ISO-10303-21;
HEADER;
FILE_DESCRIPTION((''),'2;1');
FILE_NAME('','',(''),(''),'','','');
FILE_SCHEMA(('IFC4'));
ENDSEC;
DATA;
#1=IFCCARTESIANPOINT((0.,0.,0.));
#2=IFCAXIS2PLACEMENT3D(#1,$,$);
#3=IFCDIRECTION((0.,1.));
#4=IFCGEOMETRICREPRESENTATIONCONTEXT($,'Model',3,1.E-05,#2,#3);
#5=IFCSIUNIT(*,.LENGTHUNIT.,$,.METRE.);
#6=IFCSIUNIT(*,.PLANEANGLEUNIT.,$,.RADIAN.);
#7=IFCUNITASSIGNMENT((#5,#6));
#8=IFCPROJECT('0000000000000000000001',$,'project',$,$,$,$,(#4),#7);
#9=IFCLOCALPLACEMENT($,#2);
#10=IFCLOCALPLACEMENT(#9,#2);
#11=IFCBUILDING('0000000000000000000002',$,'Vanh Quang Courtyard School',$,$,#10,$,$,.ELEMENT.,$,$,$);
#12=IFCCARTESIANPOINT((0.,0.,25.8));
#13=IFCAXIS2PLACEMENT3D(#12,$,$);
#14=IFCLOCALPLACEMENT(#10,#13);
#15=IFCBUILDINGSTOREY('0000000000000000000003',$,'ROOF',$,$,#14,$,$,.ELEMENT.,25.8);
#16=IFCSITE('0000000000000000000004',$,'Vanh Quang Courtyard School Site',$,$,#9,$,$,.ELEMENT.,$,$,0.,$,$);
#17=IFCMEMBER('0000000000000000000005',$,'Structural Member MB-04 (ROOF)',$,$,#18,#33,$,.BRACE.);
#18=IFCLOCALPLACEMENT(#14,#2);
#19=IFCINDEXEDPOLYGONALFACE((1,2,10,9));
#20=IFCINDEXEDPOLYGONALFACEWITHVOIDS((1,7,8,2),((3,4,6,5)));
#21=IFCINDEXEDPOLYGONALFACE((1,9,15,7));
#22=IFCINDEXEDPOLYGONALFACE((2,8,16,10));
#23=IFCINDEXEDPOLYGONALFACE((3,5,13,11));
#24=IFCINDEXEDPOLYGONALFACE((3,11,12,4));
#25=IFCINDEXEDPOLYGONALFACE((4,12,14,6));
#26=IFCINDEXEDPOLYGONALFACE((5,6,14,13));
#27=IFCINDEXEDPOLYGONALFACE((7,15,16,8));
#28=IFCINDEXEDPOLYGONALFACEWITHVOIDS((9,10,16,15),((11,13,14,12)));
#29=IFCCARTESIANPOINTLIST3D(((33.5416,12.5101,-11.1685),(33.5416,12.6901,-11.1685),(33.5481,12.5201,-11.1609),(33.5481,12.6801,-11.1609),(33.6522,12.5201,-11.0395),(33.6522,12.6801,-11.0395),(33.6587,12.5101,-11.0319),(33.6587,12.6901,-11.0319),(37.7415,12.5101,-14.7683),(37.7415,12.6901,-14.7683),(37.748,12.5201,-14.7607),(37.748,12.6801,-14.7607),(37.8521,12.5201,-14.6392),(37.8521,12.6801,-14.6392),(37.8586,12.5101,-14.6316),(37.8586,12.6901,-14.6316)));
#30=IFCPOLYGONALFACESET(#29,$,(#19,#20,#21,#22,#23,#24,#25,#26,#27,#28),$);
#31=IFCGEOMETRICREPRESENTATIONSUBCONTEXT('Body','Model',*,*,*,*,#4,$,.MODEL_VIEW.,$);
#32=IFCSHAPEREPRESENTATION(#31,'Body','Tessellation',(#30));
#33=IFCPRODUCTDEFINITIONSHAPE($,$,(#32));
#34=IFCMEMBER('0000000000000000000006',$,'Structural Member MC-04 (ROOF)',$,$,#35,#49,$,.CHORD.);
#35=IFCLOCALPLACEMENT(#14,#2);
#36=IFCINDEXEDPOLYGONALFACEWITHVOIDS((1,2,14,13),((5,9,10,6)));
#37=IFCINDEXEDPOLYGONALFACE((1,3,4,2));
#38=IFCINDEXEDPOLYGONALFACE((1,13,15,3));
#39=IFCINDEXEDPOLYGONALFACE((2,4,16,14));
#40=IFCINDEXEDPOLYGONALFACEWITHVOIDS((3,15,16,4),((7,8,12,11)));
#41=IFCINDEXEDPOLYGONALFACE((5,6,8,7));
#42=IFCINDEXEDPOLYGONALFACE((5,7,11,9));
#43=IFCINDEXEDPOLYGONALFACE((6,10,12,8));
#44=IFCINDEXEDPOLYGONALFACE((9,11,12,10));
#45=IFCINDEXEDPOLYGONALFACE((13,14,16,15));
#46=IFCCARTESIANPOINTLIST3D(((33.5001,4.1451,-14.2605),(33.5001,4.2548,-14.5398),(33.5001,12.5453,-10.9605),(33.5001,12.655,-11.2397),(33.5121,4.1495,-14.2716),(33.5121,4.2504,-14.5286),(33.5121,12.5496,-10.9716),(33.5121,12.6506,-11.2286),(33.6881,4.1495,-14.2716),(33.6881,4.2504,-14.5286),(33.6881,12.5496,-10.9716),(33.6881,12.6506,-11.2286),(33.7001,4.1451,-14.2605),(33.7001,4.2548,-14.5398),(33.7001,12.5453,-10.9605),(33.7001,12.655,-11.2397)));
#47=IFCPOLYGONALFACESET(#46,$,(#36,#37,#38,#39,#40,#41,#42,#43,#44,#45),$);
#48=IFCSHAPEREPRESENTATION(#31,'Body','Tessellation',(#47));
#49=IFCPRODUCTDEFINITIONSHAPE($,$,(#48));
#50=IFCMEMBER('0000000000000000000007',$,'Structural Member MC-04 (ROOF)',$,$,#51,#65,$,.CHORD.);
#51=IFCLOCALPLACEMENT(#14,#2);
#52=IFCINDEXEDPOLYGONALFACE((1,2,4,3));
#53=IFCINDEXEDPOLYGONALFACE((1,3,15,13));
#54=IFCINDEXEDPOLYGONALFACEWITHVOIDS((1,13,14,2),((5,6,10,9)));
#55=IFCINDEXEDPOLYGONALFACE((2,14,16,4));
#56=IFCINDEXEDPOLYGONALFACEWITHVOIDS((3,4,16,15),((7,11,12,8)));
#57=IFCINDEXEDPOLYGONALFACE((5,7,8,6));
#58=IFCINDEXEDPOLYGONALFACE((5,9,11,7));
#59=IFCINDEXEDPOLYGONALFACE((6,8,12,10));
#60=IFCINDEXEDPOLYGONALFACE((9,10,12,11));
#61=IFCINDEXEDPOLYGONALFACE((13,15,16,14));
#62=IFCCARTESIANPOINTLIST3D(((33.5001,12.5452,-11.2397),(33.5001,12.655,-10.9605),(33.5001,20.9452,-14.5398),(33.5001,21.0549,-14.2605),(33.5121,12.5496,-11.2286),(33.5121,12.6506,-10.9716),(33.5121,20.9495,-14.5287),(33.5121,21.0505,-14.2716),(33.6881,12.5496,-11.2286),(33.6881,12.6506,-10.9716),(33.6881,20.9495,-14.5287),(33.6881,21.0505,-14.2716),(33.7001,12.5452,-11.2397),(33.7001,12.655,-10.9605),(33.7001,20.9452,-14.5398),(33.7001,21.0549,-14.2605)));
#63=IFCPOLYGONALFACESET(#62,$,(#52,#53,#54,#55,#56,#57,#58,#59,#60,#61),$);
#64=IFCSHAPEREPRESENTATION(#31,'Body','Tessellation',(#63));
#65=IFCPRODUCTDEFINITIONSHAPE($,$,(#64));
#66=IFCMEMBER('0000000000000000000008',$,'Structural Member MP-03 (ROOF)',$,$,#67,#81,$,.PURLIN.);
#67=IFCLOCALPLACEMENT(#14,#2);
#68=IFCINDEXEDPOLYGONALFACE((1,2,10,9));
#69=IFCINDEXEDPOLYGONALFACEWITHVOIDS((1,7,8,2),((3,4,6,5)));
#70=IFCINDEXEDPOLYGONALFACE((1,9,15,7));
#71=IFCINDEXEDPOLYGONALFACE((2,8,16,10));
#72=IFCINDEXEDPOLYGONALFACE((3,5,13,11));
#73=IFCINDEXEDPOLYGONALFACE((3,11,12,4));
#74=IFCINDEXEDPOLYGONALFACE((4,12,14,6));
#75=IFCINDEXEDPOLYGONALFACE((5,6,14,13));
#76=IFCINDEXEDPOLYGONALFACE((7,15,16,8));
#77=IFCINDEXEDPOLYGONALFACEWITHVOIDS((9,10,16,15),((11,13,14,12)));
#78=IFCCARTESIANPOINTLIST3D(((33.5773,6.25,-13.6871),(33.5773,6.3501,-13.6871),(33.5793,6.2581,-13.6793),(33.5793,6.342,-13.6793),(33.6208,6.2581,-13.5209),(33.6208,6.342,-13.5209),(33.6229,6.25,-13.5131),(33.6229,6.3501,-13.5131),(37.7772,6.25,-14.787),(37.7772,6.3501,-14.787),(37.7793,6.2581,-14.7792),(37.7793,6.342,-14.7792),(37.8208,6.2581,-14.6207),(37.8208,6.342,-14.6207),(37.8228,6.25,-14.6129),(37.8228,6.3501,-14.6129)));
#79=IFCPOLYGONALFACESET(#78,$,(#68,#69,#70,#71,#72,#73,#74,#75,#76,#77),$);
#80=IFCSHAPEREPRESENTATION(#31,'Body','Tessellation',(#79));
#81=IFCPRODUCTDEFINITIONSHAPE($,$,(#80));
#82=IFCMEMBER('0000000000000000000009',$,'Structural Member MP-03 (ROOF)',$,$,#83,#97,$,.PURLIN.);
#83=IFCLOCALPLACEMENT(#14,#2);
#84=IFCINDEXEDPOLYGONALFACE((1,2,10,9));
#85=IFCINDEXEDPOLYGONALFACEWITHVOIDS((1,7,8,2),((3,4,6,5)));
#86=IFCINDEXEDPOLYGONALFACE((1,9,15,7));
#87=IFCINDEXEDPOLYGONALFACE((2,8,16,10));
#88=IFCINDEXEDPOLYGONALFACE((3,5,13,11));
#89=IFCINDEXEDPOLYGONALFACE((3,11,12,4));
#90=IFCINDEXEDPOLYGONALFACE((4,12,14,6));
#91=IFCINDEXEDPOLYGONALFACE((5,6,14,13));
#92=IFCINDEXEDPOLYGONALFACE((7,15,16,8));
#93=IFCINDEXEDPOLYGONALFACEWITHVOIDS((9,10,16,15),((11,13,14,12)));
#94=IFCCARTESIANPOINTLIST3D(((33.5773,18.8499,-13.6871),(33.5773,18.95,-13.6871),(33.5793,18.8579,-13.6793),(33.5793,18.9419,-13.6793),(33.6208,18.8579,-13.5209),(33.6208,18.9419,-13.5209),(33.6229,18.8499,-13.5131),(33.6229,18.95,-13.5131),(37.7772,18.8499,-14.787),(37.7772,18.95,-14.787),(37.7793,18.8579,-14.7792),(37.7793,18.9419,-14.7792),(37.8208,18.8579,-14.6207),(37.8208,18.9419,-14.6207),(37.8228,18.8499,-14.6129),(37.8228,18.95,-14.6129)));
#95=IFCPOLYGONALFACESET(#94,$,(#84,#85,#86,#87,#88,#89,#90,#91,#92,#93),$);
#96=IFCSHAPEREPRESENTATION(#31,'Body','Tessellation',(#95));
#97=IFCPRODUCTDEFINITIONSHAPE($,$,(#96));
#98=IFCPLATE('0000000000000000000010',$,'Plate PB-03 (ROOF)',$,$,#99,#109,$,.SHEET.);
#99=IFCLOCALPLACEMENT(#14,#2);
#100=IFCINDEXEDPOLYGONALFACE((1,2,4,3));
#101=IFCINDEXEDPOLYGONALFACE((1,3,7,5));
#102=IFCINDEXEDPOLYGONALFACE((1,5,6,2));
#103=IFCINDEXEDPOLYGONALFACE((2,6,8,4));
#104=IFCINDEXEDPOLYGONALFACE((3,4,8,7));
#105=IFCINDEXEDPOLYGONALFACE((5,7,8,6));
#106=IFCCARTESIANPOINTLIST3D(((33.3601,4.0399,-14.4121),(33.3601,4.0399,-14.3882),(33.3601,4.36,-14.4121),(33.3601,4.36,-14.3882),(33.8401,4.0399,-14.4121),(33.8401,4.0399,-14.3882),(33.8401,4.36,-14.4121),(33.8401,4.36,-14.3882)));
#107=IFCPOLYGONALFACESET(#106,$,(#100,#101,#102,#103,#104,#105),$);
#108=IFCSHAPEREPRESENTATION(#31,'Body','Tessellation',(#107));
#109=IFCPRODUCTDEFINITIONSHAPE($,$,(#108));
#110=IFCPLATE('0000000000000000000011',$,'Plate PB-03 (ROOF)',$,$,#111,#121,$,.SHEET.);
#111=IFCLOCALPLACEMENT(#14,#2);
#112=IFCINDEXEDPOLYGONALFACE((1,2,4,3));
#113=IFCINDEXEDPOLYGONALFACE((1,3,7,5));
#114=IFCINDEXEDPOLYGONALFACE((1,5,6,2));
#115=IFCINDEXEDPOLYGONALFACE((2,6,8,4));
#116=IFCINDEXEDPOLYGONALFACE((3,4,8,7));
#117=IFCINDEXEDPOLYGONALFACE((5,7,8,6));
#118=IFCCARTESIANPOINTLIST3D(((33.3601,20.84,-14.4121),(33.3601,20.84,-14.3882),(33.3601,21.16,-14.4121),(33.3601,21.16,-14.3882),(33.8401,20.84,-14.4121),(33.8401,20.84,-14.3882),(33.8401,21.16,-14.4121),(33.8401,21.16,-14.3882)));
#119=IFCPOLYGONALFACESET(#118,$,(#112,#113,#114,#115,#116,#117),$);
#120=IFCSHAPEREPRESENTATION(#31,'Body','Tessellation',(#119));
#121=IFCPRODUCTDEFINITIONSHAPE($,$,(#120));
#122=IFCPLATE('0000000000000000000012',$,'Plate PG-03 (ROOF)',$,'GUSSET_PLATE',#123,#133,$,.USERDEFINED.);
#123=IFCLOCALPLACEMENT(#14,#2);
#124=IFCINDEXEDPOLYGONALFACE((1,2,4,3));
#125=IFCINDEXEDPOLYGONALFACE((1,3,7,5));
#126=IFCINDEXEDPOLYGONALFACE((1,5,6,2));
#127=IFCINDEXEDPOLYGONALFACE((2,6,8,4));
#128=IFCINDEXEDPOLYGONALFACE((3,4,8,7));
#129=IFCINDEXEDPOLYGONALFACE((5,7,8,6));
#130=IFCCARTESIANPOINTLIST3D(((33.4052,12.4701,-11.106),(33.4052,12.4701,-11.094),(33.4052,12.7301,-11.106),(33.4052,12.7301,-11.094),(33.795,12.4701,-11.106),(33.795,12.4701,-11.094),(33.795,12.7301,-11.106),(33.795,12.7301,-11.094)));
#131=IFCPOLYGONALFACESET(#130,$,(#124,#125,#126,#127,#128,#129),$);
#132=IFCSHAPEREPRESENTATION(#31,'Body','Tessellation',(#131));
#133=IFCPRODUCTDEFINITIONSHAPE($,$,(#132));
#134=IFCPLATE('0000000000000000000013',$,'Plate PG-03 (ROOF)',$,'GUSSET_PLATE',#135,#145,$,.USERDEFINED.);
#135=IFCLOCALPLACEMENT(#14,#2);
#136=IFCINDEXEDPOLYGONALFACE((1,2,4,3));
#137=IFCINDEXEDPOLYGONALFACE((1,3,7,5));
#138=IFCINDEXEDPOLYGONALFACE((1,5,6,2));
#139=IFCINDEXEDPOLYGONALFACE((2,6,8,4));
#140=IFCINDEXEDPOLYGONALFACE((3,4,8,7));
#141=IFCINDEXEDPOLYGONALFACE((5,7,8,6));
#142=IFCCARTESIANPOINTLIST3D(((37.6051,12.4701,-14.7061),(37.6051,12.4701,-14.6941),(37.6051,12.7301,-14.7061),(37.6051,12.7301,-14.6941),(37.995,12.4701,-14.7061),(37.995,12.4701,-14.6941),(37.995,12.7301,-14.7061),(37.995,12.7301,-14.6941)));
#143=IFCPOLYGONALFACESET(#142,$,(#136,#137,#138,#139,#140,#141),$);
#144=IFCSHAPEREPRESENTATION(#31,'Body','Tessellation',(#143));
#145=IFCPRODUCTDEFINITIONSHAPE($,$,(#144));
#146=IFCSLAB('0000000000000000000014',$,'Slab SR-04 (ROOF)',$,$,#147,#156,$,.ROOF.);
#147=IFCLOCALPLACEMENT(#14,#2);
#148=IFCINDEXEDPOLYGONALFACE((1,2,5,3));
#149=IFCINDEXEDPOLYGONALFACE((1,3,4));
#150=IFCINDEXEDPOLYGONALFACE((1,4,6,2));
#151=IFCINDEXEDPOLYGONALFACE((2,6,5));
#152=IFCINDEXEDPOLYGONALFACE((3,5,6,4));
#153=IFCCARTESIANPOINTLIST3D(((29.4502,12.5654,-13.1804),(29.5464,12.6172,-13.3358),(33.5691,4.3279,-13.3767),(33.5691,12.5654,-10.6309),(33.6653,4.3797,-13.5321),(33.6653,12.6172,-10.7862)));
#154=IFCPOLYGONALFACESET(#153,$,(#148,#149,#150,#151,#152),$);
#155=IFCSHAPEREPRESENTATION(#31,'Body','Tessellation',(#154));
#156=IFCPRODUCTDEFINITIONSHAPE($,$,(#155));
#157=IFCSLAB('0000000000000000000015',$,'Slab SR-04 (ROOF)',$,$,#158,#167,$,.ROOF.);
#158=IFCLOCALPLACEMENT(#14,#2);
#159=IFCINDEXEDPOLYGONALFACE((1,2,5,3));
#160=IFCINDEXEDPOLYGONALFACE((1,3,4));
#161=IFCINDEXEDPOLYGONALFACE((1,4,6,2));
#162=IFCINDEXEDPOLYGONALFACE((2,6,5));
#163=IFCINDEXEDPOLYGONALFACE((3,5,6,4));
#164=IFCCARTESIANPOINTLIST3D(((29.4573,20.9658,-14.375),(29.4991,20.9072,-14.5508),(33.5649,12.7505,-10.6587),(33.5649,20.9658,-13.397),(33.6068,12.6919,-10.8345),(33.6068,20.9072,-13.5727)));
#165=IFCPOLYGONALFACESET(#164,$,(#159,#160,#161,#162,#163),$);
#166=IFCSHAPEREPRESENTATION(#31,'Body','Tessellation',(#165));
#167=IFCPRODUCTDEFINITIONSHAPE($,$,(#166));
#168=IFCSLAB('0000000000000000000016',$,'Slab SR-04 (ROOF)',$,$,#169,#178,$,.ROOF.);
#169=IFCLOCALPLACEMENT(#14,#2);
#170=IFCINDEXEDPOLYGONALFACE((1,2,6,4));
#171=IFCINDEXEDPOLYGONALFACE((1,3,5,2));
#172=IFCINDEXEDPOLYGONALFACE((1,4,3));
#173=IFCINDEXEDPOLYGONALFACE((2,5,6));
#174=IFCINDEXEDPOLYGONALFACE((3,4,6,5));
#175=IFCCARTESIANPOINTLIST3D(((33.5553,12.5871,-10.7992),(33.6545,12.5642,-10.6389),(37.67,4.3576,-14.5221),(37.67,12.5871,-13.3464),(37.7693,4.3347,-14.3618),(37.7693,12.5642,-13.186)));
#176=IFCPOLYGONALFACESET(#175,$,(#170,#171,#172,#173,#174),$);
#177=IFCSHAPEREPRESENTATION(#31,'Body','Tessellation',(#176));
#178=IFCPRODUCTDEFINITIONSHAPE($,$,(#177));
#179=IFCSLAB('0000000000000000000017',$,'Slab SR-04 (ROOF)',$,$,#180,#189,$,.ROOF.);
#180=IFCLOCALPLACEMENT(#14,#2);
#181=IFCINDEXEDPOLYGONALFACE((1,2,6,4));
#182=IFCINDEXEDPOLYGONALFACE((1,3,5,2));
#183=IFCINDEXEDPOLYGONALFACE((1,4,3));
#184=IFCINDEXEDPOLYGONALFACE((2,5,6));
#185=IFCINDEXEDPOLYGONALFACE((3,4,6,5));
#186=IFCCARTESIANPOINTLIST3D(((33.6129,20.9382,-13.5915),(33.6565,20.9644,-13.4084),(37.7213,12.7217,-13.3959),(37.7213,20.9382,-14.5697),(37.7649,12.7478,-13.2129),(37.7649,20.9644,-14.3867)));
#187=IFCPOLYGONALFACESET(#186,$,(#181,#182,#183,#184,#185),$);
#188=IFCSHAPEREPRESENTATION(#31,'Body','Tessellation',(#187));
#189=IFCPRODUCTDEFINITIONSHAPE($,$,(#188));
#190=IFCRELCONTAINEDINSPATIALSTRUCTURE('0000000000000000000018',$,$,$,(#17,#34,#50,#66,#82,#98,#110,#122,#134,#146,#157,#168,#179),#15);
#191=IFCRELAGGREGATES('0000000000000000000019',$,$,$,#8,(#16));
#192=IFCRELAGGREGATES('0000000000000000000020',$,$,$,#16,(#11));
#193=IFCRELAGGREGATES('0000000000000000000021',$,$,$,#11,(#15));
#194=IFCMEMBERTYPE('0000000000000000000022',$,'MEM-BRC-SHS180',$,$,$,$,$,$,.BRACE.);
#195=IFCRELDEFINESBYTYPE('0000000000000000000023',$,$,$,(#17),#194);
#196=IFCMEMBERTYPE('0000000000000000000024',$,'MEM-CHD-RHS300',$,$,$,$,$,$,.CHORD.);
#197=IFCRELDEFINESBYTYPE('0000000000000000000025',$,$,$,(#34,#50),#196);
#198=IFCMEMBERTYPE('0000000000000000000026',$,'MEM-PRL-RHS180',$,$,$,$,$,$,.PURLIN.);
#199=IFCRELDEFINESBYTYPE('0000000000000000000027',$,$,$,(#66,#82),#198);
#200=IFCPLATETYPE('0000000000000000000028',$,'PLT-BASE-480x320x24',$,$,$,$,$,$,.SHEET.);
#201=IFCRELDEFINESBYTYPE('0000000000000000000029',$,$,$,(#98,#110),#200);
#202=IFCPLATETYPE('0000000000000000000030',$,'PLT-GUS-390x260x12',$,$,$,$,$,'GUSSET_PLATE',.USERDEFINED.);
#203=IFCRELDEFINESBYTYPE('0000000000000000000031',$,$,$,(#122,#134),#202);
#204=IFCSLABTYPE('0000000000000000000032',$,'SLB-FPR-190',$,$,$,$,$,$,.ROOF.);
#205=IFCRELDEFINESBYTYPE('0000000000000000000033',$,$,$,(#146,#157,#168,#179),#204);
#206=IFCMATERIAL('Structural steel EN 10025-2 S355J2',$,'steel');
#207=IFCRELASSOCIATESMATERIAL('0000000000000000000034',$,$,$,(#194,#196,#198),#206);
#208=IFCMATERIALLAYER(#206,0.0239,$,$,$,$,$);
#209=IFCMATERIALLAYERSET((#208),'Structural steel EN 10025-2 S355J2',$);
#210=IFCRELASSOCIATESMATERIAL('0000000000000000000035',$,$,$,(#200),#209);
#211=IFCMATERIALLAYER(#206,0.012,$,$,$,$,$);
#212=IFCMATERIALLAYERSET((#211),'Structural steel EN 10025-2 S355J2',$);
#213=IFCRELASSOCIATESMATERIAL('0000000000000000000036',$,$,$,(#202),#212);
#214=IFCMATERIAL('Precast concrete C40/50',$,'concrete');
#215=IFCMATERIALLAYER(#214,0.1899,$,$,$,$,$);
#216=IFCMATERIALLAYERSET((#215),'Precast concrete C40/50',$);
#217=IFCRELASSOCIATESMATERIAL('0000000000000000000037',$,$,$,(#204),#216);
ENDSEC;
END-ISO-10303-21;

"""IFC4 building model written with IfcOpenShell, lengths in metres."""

from ifc_helpers import new_model, si_unit, direction, frame, origin, origin_2d, place, context, subcontext, project, spatial, polyline, rectangle, hollow_rectangle, outline, extrude, material, layer, layer_set, material_profile, profile_set, type_object, element, save


model = new_model("IFC4")

# Units and contexts
model_context = context("Model", 3, precision=1e-05, world=origin(), true_north=direction((0.0, 1.0)))
body_context = subcontext(model_context, "Body", "Model", "MODEL_VIEW")
ifc_project = project(units=[si_unit("LENGTHUNIT", "METRE"), si_unit("PLANEANGLEUNIT", "RADIAN")], contexts=[model_context])

# Site, building, storey
site_placement = place(None, origin())
site = spatial("IfcSite", under=ifc_project, at=site_placement, Name="Vanh Quang Courtyard School Site", CompositionType="ELEMENT", RefElevation=0.0)
building_placement = place(site_placement, origin())
building = spatial("IfcBuilding", under=site, at=building_placement, Name="Vanh Quang Courtyard School", CompositionType="ELEMENT")
storey_placement = place(building_placement, frame((0.0, 0.0, 25.8)))
storey = spatial("IfcBuildingStorey", under=building, at=storey_placement, Name="ROOF", CompositionType="ELEMENT", Elevation=25.8)

# Members
ifc_material_1 = material(Name="Structural steel EN 10025-2 S355J2", Category="steel")
ifc_material_profile_1 = material_profile(ifc_material_1, hollow_rectangle(XDim=0.1799, YDim=0.1799, WallThickness=0.01, at=origin_2d()), Name="SHS 180x180x10")
ifc_profile_set_1 = profile_set([ifc_material_profile_1], Name="Structural steel EN 10025-2 S355J2")
member_type_1 = type_object("IfcMemberType", Name="MEM-BRC-SHS180", PredefinedType="BRACE", material=ifc_profile_set_1)
member_1_placement = place(storey_placement, frame((37.8, 12.6001, -14.7), z_axis=(-0.759266, 0.0, 0.65078), x_axis=(0.0, -1.0, 0.0)))
element("IfcMember", 1, at=member_1_placement, inside=storey, type_object=member_type_1, Name="Structural Member MB-04 (ROOF)", PredefinedType="BRACE", context=body_context, shape_type="SweptSolid", body=[
    extrude(hollow_rectangle(XDim=0.1799, YDim=0.1799, WallThickness=0.01, at=origin_2d()), origin(), (0.0, 0.0, 1.0), 5.5315),
])
ifc_material_profile_2 = material_profile(ifc_material_1, hollow_rectangle(XDim=0.2, YDim=0.3, WallThickness=0.012, at=origin_2d()), Name="RHS 300x200x12")
ifc_profile_set_2 = profile_set([ifc_material_profile_2], Name="Structural steel EN 10025-2 S355J2")
member_type_2 = type_object("IfcMemberType", Name="MEM-CHD-RHS300", PredefinedType="CHORD", material=ifc_profile_set_2)
member_2_placement = place(storey_placement, frame((33.6001, 4.2, -14.4001), z_axis=(0.0, 0.930752, 0.365652), x_axis=(-1.0, 0.0, 0.0)))
element("IfcMember", 2, at=member_2_placement, inside=storey, type_object=member_type_2, Name="Structural Member MC-04 (ROOF)", PredefinedType="CHORD", context=body_context, shape_type="SweptSolid", body=[
    extrude(hollow_rectangle(XDim=0.2, YDim=0.3, WallThickness=0.012, at=origin_2d()), origin(), (0.0, 0.0, 1.0), 9.0251),
])
member_3_placement = place(storey_placement, frame((33.6001, 12.6001, -11.1001), z_axis=(0.0, 0.930748, -0.365661), x_axis=(-1.0, 0.0, 0.0)))
element("IfcMember", 3, at=member_3_placement, inside=storey, type_object=member_type_2, Name="Structural Member MC-04 (ROOF)", PredefinedType="CHORD", context=body_context, shape_type="SweptSolid", body=[
    extrude(hollow_rectangle(XDim=0.2, YDim=0.3, WallThickness=0.012, at=origin_2d()), origin(), (0.0, 0.0, 1.0), 9.0249),
])
ifc_material_profile_3 = material_profile(ifc_material_1, hollow_rectangle(XDim=0.1001, YDim=0.1799, WallThickness=0.0081, at=origin_2d()), Name="RHS 180x100x8")
ifc_profile_set_3 = profile_set([ifc_material_profile_3], Name="Structural steel EN 10025-2 S355J2")
member_type_3 = type_object("IfcMemberType", Name="MEM-PRL-RHS180", PredefinedType="PURLIN", material=ifc_profile_set_3)
for number, where, z_axis, x_axis, name in (
    (4, (33.6001, 6.3, -13.6001), (0.96738, 0.0, -0.253331), (0.0, 1.0, 0.0), "Structural Member MP-03 (ROOF)"),
    (5, (33.6001, 18.8999, -13.6001), (0.96738, 0.0, -0.253331), (0.0, 1.0, 0.0), "Structural Member MP-03 (ROOF)"),
):
    element("IfcMember", number, at=place(storey_placement, frame(where, z_axis=z_axis, x_axis=x_axis)), inside=storey, type_object=member_type_3, Name=name, PredefinedType="PURLIN", context=body_context, shape_type="SweptSolid", body=[
        extrude(hollow_rectangle(XDim=0.1001, YDim=0.1799, WallThickness=0.0081, at=origin_2d()), origin(), (0.0, 0.0, 1.0), 4.3416),
    ])

# Plates
ifc_layer_1 = layer(ifc_material_1, 0.0239)
ifc_layer_set_1 = layer_set([ifc_layer_1], Name="Structural steel EN 10025-2 S355J2")
plate_type_1 = type_object("IfcPlateType", Name="PLT-BASE-480x320x24", PredefinedType="SHEET", material=ifc_layer_set_1)
for number, where, z_axis, x_axis, name in (
    (6, (33.6001, 4.2, -14.4121), (0.0, 0.0, 1.0), (1.0, 0.0, 0.0), "Plate PB-03 (ROOF)"),
    (7, (33.6001, 21.0, -14.4121), (0.0, 0.0, 1.0), (1.0, 0.0, 0.0), "Plate PB-03 (ROOF)"),
):
    element("IfcPlate", number, at=place(storey_placement, frame(where, z_axis=z_axis, x_axis=x_axis)), inside=storey, type_object=plate_type_1, Name=name, PredefinedType="SHEET", context=body_context, shape_type="SweptSolid", body=[
        extrude(rectangle(XDim=0.48, YDim=0.3201, at=origin_2d()), origin(), (0.0, 0.0, 1.0), 0.0239),
    ])
ifc_layer_2 = layer(ifc_material_1, 0.012)
ifc_layer_set_2 = layer_set([ifc_layer_2], Name="Structural steel EN 10025-2 S355J2")
plate_type_2 = type_object("IfcPlateType", Name="PLT-GUS-390x260x12", ElementType="GUSSET_PLATE", PredefinedType="USERDEFINED", material=ifc_layer_set_2)
for number, where, z_axis, x_axis, name in (
    (8, (33.6001, 12.6001, -11.106), (0.0, 0.0, 1.0), (1.0, 0.0, 0.0), "Plate PG-03 (ROOF)"),
    (9, (37.8, 12.6001, -14.7061), (0.0, 0.0, 1.0), (1.0, 0.0, 0.0), "Plate PG-03 (ROOF)"),
):
    element("IfcPlate", number, at=place(storey_placement, frame(where, z_axis=z_axis, x_axis=x_axis)), inside=storey, type_object=plate_type_2, Name=name, ObjectType="GUSSET_PLATE", PredefinedType="USERDEFINED", context=body_context, shape_type="SweptSolid", body=[
        extrude(rectangle(XDim=0.3899, YDim=0.26, at=origin_2d()), origin(), (0.0, 0.0, 1.0), 0.012),
    ])

# Slabs
ifc_material_2 = material(Name="Precast concrete C40/50", Category="concrete")
ifc_layer_3 = layer(ifc_material_2, 0.1899)
ifc_layer_set_3 = layer_set([ifc_layer_3], Name="Precast concrete C40/50")
slab_type_1 = type_object("IfcSlabType", Name="SLB-FPR-190", PredefinedType="ROOF", material=ifc_layer_set_3)
slab_1_placement = place(storey_placement, frame((33.5691, 4.3279, -13.3767), z_axis=(-0.506374, -0.272688, 0.818063), x_axis=(-0.447123, 0.894219, 0.021308)))
element("IfcSlab", 10, at=slab_1_placement, inside=storey, type_object=slab_type_1, Name="Slab SR-04 (ROOF)", PredefinedType="ROOF", context=body_context, shape_type="SweptSolid", body=[
    extrude(outline(polyline([(0.0, 0.0), (9.212, 0.0), (7.4247, -4.5023), (0.0, 0.0)])), origin(), (0.0, 0.0, -1.0), 0.1899),
])
slab_2_placement = place(storey_placement, frame((33.5649, 12.7505, -10.6587), z_axis=(-0.22033, 0.30844, 0.925375), x_axis=(-0.414566, 0.829132, -0.375068)))
element("IfcSlab", 11, at=slab_2_placement, inside=storey, type_object=slab_type_1, Name="Slab SR-04 (ROOF)", PredefinedType="ROOF", context=body_context, shape_type="SweptSolid", body=[
    extrude(outline(polyline([(0.0, 0.0), (9.9084, 0.0), (7.8386, -3.6804), (0.0, 0.0)])), origin(), (0.0, 0.0, -1.0), 0.1899),
])
slab_3_placement = place(storey_placement, frame((37.7693, 4.3347, -14.3618), z_axis=(0.522498, -0.120596, 0.844069), x_axis=(-0.414563, 0.829126, 0.375084)))
element("IfcSlab", 12, at=slab_3_placement, inside=storey, type_object=slab_type_1, Name="Slab SR-04 (ROOF)", PredefinedType="ROOF", context=body_context, shape_type="SweptSolid", body=[
    extrude(outline(polyline([(0.0, 0.0), (9.9255, 0.0), (7.2643, -4.0419), (0.0, 0.0)])), origin(), (0.0, 0.0, -1.0), 0.1899),
])
slab_4_placement = place(storey_placement, frame((37.7649, 12.7478, -13.2129), z_axis=(0.229434, 0.137653, 0.963541), x_axis=(-0.447123, 0.894219, -0.021283)))
element("IfcSlab", 13, at=slab_4_placement, inside=storey, type_object=slab_type_1, Name="Slab SR-04 (ROOF)", PredefinedType="ROOF", context=body_context, shape_type="SweptSolid", body=[
    extrude(outline(polyline([(0.0, 0.0), (9.1885, 0.0), (7.3724, -3.8128), (0.0, 0.0)])), origin(), (0.0, 0.0, -1.0), 0.1899),
])

save(model, "model.ifc")
